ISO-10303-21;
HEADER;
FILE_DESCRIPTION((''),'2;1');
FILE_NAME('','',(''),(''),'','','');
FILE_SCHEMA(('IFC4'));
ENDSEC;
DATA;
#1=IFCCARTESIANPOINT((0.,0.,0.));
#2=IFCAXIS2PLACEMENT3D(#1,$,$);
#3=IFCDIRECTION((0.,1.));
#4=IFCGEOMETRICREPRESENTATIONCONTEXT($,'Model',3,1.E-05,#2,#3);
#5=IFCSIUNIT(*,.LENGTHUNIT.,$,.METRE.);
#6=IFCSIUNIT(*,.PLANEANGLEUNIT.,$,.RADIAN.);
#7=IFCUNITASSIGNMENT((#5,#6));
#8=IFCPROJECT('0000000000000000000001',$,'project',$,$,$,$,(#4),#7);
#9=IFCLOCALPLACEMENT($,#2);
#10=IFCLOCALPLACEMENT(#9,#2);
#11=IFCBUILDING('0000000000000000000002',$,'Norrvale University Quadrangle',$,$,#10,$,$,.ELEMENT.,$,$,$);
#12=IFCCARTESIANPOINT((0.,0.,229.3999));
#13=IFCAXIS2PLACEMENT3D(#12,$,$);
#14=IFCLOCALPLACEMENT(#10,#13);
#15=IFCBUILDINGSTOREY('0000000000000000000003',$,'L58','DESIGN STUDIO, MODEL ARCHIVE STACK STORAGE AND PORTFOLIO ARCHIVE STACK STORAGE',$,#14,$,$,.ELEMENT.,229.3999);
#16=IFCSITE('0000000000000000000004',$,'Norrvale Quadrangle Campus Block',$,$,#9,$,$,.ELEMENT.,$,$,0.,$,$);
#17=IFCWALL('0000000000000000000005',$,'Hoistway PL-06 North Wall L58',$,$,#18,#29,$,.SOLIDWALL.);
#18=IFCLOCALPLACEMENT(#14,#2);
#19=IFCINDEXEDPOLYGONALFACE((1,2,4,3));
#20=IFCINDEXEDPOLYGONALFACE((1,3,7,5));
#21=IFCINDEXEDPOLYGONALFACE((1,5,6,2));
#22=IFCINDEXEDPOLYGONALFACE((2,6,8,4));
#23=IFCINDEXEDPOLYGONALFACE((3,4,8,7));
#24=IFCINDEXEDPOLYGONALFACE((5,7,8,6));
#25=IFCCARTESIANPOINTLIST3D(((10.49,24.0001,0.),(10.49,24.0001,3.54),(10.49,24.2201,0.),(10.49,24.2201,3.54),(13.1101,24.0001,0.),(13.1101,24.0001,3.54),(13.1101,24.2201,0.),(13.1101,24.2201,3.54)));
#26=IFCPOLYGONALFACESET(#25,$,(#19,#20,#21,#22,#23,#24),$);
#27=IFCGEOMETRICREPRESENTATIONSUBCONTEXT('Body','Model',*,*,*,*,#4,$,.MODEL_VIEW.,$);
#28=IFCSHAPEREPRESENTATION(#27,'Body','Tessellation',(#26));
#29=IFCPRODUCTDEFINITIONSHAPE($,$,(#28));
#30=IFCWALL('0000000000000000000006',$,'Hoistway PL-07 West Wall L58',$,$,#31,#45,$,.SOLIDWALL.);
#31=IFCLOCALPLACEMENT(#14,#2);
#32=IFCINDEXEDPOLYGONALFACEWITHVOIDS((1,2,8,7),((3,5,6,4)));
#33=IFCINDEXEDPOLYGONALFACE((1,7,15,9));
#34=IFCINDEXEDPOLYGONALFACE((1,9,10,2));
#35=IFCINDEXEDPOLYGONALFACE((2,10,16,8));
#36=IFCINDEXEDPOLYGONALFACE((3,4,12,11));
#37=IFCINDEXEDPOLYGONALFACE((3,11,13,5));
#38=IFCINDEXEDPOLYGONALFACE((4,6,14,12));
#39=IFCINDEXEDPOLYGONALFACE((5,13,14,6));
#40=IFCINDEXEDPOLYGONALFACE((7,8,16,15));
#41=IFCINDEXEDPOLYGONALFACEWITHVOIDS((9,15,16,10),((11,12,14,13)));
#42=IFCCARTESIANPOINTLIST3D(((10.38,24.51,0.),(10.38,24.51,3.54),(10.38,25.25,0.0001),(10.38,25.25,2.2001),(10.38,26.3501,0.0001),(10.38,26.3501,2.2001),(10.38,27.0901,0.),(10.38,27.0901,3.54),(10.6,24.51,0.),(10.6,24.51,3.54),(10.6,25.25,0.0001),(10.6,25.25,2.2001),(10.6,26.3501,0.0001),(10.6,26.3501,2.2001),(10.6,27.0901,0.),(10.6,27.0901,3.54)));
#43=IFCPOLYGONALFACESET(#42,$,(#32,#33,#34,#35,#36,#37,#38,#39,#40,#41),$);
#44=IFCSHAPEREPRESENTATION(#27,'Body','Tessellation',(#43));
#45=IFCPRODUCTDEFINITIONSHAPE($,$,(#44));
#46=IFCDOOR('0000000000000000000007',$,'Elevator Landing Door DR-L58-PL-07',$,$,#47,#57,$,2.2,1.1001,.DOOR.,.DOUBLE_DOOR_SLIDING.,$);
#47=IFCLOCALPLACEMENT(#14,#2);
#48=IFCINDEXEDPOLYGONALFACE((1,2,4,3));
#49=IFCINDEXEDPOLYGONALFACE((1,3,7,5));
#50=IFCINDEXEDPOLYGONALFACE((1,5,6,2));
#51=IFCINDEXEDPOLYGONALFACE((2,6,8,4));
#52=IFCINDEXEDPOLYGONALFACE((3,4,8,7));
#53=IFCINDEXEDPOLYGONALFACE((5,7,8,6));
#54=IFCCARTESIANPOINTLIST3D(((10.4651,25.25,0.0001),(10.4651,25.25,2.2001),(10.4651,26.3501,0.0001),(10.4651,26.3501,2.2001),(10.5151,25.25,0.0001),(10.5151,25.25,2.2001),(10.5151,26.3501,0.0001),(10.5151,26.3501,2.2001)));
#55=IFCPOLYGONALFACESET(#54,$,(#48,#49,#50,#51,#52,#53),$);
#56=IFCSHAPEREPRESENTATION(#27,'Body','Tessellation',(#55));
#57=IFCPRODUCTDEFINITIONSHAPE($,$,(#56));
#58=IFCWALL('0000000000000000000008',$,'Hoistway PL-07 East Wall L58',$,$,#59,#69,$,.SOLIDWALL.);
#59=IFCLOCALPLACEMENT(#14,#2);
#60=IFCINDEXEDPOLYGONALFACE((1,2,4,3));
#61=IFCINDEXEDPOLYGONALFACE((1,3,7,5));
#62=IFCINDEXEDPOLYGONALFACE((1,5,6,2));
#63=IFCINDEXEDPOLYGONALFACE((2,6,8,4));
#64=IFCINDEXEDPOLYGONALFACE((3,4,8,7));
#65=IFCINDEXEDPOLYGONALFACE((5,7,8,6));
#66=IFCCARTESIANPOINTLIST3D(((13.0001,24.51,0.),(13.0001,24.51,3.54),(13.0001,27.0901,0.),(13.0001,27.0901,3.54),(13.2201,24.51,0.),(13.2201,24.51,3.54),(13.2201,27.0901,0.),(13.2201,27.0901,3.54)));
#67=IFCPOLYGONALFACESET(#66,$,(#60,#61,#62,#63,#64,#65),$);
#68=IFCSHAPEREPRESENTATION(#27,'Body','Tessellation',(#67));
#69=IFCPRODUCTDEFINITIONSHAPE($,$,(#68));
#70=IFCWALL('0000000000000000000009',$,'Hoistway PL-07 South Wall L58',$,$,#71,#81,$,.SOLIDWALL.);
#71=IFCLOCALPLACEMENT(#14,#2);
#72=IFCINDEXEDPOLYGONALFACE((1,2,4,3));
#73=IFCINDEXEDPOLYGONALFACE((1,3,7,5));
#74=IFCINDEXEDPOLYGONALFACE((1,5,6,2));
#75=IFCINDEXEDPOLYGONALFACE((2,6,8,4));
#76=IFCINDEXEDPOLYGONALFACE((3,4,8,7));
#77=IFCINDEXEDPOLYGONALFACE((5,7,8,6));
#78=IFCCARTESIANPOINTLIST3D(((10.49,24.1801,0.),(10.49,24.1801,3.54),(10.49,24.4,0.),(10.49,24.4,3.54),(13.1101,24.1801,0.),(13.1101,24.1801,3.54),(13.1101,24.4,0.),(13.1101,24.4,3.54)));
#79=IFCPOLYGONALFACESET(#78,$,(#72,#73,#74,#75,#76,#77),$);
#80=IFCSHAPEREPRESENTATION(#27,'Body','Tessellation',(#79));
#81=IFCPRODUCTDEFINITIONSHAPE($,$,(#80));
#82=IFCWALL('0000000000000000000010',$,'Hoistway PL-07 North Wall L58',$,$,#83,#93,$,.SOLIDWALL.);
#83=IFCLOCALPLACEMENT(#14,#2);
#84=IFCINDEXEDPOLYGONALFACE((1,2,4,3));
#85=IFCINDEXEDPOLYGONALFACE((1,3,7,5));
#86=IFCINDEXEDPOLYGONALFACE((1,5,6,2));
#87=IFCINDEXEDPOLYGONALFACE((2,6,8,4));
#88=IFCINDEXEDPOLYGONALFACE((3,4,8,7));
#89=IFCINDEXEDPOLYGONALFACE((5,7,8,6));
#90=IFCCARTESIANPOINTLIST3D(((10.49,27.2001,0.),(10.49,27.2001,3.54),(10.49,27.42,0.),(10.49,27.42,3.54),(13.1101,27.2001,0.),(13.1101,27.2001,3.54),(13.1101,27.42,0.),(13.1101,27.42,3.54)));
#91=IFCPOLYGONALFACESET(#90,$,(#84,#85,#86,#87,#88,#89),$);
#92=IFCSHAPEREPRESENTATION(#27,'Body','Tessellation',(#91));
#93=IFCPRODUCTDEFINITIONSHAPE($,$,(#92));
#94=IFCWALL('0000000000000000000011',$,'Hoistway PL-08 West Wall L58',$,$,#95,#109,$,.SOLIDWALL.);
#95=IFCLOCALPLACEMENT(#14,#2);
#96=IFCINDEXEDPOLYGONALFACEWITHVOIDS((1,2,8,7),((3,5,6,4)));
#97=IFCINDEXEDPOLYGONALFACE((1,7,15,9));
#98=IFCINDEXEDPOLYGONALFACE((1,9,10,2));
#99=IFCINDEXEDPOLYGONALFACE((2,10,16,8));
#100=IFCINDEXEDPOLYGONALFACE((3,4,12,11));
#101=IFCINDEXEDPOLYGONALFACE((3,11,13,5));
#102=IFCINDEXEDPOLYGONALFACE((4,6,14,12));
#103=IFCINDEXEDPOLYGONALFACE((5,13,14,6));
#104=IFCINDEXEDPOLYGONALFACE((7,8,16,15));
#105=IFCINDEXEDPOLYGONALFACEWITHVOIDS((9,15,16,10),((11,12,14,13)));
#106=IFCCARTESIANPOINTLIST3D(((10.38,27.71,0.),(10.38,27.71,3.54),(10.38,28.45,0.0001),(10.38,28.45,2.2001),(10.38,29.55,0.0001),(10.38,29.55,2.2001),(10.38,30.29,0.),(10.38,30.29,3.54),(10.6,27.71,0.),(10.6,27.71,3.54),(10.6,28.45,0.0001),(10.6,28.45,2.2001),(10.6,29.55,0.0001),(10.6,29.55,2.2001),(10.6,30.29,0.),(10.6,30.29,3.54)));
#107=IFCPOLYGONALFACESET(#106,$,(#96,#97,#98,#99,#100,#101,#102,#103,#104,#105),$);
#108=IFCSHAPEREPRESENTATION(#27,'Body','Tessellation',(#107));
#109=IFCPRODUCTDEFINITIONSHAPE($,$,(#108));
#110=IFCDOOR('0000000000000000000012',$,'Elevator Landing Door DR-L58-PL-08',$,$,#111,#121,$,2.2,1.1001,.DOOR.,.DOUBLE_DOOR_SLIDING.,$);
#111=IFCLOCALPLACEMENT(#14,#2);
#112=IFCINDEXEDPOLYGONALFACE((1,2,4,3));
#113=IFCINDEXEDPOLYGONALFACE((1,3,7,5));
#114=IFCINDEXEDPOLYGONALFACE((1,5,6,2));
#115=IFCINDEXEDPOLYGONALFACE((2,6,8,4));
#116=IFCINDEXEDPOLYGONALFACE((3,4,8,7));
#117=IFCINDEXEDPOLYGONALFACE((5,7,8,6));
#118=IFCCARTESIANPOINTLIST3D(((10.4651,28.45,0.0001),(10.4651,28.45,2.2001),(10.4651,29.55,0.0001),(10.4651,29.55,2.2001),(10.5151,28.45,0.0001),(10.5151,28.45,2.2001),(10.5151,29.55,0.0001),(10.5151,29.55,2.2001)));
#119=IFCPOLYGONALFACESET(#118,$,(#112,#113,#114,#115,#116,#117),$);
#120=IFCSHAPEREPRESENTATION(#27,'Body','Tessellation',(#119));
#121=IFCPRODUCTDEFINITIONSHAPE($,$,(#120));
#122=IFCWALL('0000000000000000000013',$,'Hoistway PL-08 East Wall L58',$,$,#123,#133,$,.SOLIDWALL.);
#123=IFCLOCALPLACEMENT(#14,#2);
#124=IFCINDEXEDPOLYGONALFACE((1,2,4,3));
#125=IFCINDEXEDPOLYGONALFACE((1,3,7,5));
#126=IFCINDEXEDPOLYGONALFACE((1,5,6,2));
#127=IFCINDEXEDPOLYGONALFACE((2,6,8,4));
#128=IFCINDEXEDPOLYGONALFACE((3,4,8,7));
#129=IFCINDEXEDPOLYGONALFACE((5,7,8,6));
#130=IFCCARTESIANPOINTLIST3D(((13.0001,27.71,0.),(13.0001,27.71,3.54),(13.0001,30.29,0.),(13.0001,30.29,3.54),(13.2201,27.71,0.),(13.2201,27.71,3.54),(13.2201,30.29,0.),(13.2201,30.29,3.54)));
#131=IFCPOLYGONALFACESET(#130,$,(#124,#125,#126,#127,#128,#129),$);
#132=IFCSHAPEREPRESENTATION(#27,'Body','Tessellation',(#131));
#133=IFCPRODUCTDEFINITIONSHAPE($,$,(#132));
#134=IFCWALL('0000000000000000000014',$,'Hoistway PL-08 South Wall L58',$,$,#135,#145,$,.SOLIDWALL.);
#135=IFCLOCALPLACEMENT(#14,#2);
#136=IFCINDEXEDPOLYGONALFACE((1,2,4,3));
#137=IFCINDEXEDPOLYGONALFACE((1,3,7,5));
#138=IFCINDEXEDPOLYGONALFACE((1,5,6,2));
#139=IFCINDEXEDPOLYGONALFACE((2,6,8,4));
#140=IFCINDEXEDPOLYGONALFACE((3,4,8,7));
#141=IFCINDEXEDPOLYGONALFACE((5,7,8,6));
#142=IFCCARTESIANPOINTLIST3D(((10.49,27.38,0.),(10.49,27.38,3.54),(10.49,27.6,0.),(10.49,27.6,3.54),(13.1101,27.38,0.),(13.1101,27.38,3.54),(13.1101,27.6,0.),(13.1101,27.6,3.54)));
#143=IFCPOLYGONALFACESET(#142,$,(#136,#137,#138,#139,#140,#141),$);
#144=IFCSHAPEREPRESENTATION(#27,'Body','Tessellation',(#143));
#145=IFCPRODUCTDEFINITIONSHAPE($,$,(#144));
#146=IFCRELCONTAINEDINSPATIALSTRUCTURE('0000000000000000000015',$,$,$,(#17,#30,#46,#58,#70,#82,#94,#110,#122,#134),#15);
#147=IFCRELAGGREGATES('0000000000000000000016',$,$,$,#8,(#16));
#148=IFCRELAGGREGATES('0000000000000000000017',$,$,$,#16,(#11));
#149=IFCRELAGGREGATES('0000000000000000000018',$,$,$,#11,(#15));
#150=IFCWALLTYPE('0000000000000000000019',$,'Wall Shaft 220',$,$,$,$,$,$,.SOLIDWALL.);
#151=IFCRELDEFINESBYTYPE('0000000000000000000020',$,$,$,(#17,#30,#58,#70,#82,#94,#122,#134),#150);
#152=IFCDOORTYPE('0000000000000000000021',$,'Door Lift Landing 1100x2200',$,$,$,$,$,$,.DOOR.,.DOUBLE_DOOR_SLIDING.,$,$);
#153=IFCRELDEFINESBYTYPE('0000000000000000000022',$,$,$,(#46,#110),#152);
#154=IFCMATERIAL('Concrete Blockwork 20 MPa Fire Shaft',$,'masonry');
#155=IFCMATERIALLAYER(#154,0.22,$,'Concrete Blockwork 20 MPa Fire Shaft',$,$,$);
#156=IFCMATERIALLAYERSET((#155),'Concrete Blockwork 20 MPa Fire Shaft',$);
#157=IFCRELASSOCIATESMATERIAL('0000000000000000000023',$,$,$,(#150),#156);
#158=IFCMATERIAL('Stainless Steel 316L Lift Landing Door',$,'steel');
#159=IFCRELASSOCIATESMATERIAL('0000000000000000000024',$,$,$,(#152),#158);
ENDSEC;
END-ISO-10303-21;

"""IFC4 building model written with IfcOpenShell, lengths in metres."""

from ifc_helpers import new_model, si_unit, direction, frame, frame_2d, origin, place, context, subcontext, project, spatial, rectangle, extrude, material, layer, layer_set, type_object, element, fill, save


model = new_model("IFC4")

# Units and contexts
model_context = context("Model", 3, precision=1e-05, world=origin(), true_north=direction((0.0, 1.0)))
body_context = subcontext(model_context, "Body", "Model", "MODEL_VIEW")
ifc_project = project(units=[si_unit("LENGTHUNIT", "METRE"), si_unit("PLANEANGLEUNIT", "RADIAN")], contexts=[model_context])

# Site, building, storey
site_placement = place(None, origin())
site = spatial("IfcSite", under=ifc_project, at=site_placement, Name="Norrvale Quadrangle Campus Block", CompositionType="ELEMENT", RefElevation=0.0)
building_placement = place(site_placement, origin())
building = spatial("IfcBuilding", under=site, at=building_placement, Name="Norrvale University Quadrangle", CompositionType="ELEMENT")
storey_placement = place(building_placement, frame((0.0, 0.0, 229.3999)))
storey = spatial("IfcBuildingStorey", under=building, at=storey_placement, Name="L58", Description="DESIGN STUDIO, MODEL ARCHIVE STACK STORAGE AND PORTFOLIO ARCHIVE STACK STORAGE", CompositionType="ELEMENT", Elevation=229.3999)

# Shared definitions
ifc_material_1 = material(Name="Concrete Blockwork 20 MPa Fire Shaft", Category="masonry")
ifc_layer_1 = layer(ifc_material_1, 0.22, Name="Concrete Blockwork 20 MPa Fire Shaft")
ifc_layer_set_1 = layer_set([ifc_layer_1], Name="Concrete Blockwork 20 MPa Fire Shaft")
wall_type_1 = type_object("IfcWallType", Name="Wall Shaft 220", PredefinedType="SOLIDWALL", material=ifc_layer_set_1)

# Shared definitions
ifc_material_2 = material(Name="Stainless Steel 316L Lift Landing Door", Category="steel")
door_type_1 = type_object("IfcDoorType", Name="Door Lift Landing 1100x2200", OperationType="DOUBLE_DOOR_SLIDING", PredefinedType="DOOR", material=ifc_material_2)

# Wall
for number, where, z_axis, x_axis, name in (
    (1, (10.49, 24.1101, 0.0), (0.0, 0.0, 1.0), (1.0, 0.0, 0.0), "Hoistway PL-06 North Wall L58"),
):
    element("IfcWall", number, at=place(storey_placement, frame(where, z_axis=z_axis, x_axis=x_axis)), inside=storey, type_object=wall_type_1, Name=name, PredefinedType="SOLIDWALL", context=body_context, shape_type="SweptSolid", body=[
        extrude(rectangle(XDim=2.6201, YDim=0.22, at=frame_2d((1.3101, 0.0))), origin(), (0.0, 0.0, 1.0), 3.54),
    ])

# Wall, opening, door
wall_1_placement = place(storey_placement, frame((10.49, 24.51, 0.0), z_axis=(0.0, 0.0, 1.0), x_axis=(0.0, 1.0, 0.0)))
wall_1 = element("IfcWall", 2, at=wall_1_placement, inside=storey, type_object=wall_type_1, Name="Hoistway PL-07 West Wall L58", PredefinedType="SOLIDWALL", context=body_context, shape_type="SweptSolid", body=[
    extrude(rectangle(XDim=2.5801, YDim=0.22, at=frame_2d((1.29, 0.0))), origin(), (0.0, 0.0, 1.0), 3.54),
])
opening_1_placement = place(wall_1_placement, frame((0.74, 0.0, 0.0)))
opening_1 = element("IfcOpeningElement", 3, at=opening_1_placement, cuts=wall_1, PredefinedType="OPENING", context=body_context, shape_type="SweptSolid", body=[
    extrude(rectangle(XDim=1.1001, YDim=2.2, at=frame_2d((0.55, 1.1001))), frame((0.0, 0.1221, 0.0), z_axis=(0.0, -1.0, 0.0), x_axis=(1.0, 0.0, 0.0)), (0.0, 0.0, 1.0), 0.2439),
])
door_1_placement = place(opening_1_placement, origin())
door_1 = element("IfcDoor", 4, at=door_1_placement, inside=storey, type_object=door_type_1, Name="Elevator Landing Door DR-L58-PL-07", OperationType="DOUBLE_DOOR_SLIDING", OverallHeight=2.2, OverallWidth=1.1001, PredefinedType="DOOR", context=body_context, shape_type="SweptSolid", body=[
    extrude(rectangle(XDim=1.1001, YDim=2.2, at=frame_2d((0.55, 1.1001))), frame((0.0, 0.0249, 0.0), z_axis=(0.0, -1.0, 0.0), x_axis=(1.0, 0.0, 0.0)), (0.0, 0.0, 1.0), 0.05),
])
fill(opening_1, door_1)

# Walls
wall_2_placement = place(storey_placement, frame((13.1101, 24.51, 0.0), z_axis=(0.0, 0.0, 1.0), x_axis=(0.0, 1.0, 0.0)))
element("IfcWall", 5, at=wall_2_placement, inside=storey, type_object=wall_type_1, Name="Hoistway PL-07 East Wall L58", PredefinedType="SOLIDWALL", context=body_context, shape_type="SweptSolid", body=[
    extrude(rectangle(XDim=2.5801, YDim=0.22, at=frame_2d((1.29, 0.0))), origin(), (0.0, 0.0, 1.0), 3.54),
])
for number, where, z_axis, x_axis, name in (
    (6, (10.49, 24.29, 0.0), (0.0, 0.0, 1.0), (1.0, 0.0, 0.0), "Hoistway PL-07 South Wall L58"),
    (7, (10.49, 27.3101, 0.0), (0.0, 0.0, 1.0), (1.0, 0.0, 0.0), "Hoistway PL-07 North Wall L58"),
):
    element("IfcWall", number, at=place(storey_placement, frame(where, z_axis=z_axis, x_axis=x_axis)), inside=storey, type_object=wall_type_1, Name=name, PredefinedType="SOLIDWALL", context=body_context, shape_type="SweptSolid", body=[
        extrude(rectangle(XDim=2.6201, YDim=0.22, at=frame_2d((1.3101, 0.0))), origin(), (0.0, 0.0, 1.0), 3.54),
    ])

# Wall, opening, door
wall_3_placement = place(storey_placement, frame((10.49, 27.71, 0.0), z_axis=(0.0, 0.0, 1.0), x_axis=(0.0, 1.0, 0.0)))
wall_3 = element("IfcWall", 8, at=wall_3_placement, inside=storey, type_object=wall_type_1, Name="Hoistway PL-08 West Wall L58", PredefinedType="SOLIDWALL", context=body_context, shape_type="SweptSolid", body=[
    extrude(rectangle(XDim=2.5801, YDim=0.22, at=frame_2d((1.29, 0.0))), origin(), (0.0, 0.0, 1.0), 3.54),
])
opening_2_placement = place(wall_3_placement, frame((0.74, 0.0, 0.0)))
opening_2 = element("IfcOpeningElement", 9, at=opening_2_placement, cuts=wall_3, PredefinedType="OPENING", context=body_context, shape_type="SweptSolid", body=[
    extrude(rectangle(XDim=1.1001, YDim=2.2, at=frame_2d((0.55, 1.1001))), frame((0.0, 0.1221, 0.0), z_axis=(0.0, -1.0, 0.0), x_axis=(1.0, 0.0, 0.0)), (0.0, 0.0, 1.0), 0.2439),
])
door_2_placement = place(opening_2_placement, origin())
door_2 = element("IfcDoor", 10, at=door_2_placement, inside=storey, type_object=door_type_1, Name="Elevator Landing Door DR-L58-PL-08", OperationType="DOUBLE_DOOR_SLIDING", OverallHeight=2.2, OverallWidth=1.1001, PredefinedType="DOOR", context=body_context, shape_type="SweptSolid", body=[
    extrude(rectangle(XDim=1.1001, YDim=2.2, at=frame_2d((0.55, 1.1001))), frame((0.0, 0.0249, 0.0), z_axis=(0.0, -1.0, 0.0), x_axis=(1.0, 0.0, 0.0)), (0.0, 0.0, 1.0), 0.05),
])
fill(opening_2, door_2)

# Walls
wall_4_placement = place(storey_placement, frame((13.1101, 27.71, 0.0), z_axis=(0.0, 0.0, 1.0), x_axis=(0.0, 1.0, 0.0)))
element("IfcWall", 11, at=wall_4_placement, inside=storey, type_object=wall_type_1, Name="Hoistway PL-08 East Wall L58", PredefinedType="SOLIDWALL", context=body_context, shape_type="SweptSolid", body=[
    extrude(rectangle(XDim=2.5801, YDim=0.22, at=frame_2d((1.29, 0.0))), origin(), (0.0, 0.0, 1.0), 3.54),
])
wall_5_placement = place(storey_placement, frame((10.49, 27.49, 0.0), z_axis=(0.0, 0.0, 1.0), x_axis=(1.0, 0.0, 0.0)))
element("IfcWall", 12, at=wall_5_placement, inside=storey, type_object=wall_type_1, Name="Hoistway PL-08 South Wall L58", PredefinedType="SOLIDWALL", context=body_context, shape_type="SweptSolid", body=[
    extrude(rectangle(XDim=2.6201, YDim=0.22, at=frame_2d((1.3101, 0.0))), origin(), (0.0, 0.0, 1.0), 3.54),
])

save(model, "model.ifc")
